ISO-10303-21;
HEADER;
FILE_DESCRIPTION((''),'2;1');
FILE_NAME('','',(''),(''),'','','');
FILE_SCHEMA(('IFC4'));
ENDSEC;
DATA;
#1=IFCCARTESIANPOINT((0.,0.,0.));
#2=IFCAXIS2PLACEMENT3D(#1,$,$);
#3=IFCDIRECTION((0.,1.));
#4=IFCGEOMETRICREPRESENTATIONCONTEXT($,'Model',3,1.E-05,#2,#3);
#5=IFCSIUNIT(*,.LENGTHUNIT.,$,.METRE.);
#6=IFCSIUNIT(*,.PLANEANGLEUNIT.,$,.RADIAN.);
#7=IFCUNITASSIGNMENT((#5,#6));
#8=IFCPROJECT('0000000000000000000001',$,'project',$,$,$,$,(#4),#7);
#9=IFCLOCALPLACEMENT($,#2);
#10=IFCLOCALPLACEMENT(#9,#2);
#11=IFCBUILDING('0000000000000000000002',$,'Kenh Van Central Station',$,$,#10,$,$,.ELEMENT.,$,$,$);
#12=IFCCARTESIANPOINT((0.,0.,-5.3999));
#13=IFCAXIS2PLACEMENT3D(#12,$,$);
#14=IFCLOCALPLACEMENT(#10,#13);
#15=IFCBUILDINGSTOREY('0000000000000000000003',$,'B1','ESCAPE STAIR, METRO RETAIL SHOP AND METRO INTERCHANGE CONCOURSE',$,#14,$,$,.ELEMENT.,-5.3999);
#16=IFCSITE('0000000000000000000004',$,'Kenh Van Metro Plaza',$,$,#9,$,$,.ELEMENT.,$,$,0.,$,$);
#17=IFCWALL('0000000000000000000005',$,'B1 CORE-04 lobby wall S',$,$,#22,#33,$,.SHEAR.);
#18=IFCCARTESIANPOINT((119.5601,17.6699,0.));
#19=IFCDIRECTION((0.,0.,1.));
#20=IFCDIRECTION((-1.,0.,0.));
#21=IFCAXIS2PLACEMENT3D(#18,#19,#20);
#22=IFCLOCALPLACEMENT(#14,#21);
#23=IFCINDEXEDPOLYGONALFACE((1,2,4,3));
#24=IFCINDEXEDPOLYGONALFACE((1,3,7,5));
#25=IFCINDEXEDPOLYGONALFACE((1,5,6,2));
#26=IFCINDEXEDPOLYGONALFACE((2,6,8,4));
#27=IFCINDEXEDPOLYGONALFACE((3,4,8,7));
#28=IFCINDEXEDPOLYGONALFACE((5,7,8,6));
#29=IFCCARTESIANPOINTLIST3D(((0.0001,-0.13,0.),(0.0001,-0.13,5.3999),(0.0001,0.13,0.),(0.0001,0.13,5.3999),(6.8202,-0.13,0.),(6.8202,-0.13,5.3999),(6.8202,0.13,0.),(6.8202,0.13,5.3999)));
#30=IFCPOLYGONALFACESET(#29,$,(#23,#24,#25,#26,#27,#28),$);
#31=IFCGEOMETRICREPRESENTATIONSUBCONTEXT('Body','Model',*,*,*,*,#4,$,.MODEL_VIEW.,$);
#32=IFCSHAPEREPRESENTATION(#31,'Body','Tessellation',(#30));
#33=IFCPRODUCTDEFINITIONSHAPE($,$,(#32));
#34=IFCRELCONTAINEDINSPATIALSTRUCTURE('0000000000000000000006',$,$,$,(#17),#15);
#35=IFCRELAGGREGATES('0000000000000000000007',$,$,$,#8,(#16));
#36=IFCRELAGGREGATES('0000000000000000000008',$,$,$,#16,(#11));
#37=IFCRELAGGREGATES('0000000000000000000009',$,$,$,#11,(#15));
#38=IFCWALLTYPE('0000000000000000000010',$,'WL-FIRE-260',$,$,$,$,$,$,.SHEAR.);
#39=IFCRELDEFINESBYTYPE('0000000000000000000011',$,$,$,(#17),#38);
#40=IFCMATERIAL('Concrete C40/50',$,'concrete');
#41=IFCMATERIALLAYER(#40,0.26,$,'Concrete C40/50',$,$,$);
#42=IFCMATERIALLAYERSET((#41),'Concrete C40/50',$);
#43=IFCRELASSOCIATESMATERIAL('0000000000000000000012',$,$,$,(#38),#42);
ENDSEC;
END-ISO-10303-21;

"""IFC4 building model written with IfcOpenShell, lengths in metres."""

from ifc_helpers import new_model, si_unit, direction, frame, frame_2d, origin, place, context, subcontext, project, spatial, rectangle, extrude, material, layer, layer_set, type_object, element, save


model = new_model("IFC4")

# Units and contexts
model_context = context("Model", 3, precision=1e-05, world=origin(), true_north=direction((0.0, 1.0)))
body_context = subcontext(model_context, "Body", "Model", "MODEL_VIEW")
ifc_project = project(units=[si_unit("LENGTHUNIT", "METRE"), si_unit("PLANEANGLEUNIT", "RADIAN")], contexts=[model_context])

# Site, building, storey
site_placement = place(None, origin())
site = spatial("IfcSite", under=ifc_project, at=site_placement, Name="Kenh Van Metro Plaza", CompositionType="ELEMENT", RefElevation=0.0)
building_placement = place(site_placement, origin())
building = spatial("IfcBuilding", under=site, at=building_placement, Name="Kenh Van Central Station", CompositionType="ELEMENT")
storey_placement = place(building_placement, frame((0.0, 0.0, -5.3999)))
storey = spatial("IfcBuildingStorey", under=building, at=storey_placement, Name="B1", Description="ESCAPE STAIR, METRO RETAIL SHOP AND METRO INTERCHANGE CONCOURSE", CompositionType="ELEMENT", Elevation=-5.3999)

# Shared definitions
ifc_material_1 = material(Name="Concrete C40/50", Category="concrete")

# Wall
ifc_layer_1 = layer(ifc_material_1, 0.26, Name="Concrete C40/50")
ifc_layer_set_1 = layer_set([ifc_layer_1], Name="Concrete C40/50")
wall_type_1 = type_object("IfcWallType", Name="WL-FIRE-260", PredefinedType="SHEAR", material=ifc_layer_set_1)
wall_1_placement = place(storey_placement, frame((119.5601, 17.6699, 0.0), z_axis=(0.0, 0.0, 1.0), x_axis=(-1.0, 0.0, 0.0)))
element("IfcWall", 1, at=wall_1_placement, inside=storey, type_object=wall_type_1, Name="B1 CORE-04 lobby wall S", PredefinedType="SHEAR", context=body_context, shape_type="SweptSolid", body=[
    extrude(rectangle(XDim=6.8201, YDim=0.26, at=frame_2d((3.4102, 0.0))), origin(), (0.0, 0.0, 1.0), 5.3999),
])

save(model, "model.ifc")
